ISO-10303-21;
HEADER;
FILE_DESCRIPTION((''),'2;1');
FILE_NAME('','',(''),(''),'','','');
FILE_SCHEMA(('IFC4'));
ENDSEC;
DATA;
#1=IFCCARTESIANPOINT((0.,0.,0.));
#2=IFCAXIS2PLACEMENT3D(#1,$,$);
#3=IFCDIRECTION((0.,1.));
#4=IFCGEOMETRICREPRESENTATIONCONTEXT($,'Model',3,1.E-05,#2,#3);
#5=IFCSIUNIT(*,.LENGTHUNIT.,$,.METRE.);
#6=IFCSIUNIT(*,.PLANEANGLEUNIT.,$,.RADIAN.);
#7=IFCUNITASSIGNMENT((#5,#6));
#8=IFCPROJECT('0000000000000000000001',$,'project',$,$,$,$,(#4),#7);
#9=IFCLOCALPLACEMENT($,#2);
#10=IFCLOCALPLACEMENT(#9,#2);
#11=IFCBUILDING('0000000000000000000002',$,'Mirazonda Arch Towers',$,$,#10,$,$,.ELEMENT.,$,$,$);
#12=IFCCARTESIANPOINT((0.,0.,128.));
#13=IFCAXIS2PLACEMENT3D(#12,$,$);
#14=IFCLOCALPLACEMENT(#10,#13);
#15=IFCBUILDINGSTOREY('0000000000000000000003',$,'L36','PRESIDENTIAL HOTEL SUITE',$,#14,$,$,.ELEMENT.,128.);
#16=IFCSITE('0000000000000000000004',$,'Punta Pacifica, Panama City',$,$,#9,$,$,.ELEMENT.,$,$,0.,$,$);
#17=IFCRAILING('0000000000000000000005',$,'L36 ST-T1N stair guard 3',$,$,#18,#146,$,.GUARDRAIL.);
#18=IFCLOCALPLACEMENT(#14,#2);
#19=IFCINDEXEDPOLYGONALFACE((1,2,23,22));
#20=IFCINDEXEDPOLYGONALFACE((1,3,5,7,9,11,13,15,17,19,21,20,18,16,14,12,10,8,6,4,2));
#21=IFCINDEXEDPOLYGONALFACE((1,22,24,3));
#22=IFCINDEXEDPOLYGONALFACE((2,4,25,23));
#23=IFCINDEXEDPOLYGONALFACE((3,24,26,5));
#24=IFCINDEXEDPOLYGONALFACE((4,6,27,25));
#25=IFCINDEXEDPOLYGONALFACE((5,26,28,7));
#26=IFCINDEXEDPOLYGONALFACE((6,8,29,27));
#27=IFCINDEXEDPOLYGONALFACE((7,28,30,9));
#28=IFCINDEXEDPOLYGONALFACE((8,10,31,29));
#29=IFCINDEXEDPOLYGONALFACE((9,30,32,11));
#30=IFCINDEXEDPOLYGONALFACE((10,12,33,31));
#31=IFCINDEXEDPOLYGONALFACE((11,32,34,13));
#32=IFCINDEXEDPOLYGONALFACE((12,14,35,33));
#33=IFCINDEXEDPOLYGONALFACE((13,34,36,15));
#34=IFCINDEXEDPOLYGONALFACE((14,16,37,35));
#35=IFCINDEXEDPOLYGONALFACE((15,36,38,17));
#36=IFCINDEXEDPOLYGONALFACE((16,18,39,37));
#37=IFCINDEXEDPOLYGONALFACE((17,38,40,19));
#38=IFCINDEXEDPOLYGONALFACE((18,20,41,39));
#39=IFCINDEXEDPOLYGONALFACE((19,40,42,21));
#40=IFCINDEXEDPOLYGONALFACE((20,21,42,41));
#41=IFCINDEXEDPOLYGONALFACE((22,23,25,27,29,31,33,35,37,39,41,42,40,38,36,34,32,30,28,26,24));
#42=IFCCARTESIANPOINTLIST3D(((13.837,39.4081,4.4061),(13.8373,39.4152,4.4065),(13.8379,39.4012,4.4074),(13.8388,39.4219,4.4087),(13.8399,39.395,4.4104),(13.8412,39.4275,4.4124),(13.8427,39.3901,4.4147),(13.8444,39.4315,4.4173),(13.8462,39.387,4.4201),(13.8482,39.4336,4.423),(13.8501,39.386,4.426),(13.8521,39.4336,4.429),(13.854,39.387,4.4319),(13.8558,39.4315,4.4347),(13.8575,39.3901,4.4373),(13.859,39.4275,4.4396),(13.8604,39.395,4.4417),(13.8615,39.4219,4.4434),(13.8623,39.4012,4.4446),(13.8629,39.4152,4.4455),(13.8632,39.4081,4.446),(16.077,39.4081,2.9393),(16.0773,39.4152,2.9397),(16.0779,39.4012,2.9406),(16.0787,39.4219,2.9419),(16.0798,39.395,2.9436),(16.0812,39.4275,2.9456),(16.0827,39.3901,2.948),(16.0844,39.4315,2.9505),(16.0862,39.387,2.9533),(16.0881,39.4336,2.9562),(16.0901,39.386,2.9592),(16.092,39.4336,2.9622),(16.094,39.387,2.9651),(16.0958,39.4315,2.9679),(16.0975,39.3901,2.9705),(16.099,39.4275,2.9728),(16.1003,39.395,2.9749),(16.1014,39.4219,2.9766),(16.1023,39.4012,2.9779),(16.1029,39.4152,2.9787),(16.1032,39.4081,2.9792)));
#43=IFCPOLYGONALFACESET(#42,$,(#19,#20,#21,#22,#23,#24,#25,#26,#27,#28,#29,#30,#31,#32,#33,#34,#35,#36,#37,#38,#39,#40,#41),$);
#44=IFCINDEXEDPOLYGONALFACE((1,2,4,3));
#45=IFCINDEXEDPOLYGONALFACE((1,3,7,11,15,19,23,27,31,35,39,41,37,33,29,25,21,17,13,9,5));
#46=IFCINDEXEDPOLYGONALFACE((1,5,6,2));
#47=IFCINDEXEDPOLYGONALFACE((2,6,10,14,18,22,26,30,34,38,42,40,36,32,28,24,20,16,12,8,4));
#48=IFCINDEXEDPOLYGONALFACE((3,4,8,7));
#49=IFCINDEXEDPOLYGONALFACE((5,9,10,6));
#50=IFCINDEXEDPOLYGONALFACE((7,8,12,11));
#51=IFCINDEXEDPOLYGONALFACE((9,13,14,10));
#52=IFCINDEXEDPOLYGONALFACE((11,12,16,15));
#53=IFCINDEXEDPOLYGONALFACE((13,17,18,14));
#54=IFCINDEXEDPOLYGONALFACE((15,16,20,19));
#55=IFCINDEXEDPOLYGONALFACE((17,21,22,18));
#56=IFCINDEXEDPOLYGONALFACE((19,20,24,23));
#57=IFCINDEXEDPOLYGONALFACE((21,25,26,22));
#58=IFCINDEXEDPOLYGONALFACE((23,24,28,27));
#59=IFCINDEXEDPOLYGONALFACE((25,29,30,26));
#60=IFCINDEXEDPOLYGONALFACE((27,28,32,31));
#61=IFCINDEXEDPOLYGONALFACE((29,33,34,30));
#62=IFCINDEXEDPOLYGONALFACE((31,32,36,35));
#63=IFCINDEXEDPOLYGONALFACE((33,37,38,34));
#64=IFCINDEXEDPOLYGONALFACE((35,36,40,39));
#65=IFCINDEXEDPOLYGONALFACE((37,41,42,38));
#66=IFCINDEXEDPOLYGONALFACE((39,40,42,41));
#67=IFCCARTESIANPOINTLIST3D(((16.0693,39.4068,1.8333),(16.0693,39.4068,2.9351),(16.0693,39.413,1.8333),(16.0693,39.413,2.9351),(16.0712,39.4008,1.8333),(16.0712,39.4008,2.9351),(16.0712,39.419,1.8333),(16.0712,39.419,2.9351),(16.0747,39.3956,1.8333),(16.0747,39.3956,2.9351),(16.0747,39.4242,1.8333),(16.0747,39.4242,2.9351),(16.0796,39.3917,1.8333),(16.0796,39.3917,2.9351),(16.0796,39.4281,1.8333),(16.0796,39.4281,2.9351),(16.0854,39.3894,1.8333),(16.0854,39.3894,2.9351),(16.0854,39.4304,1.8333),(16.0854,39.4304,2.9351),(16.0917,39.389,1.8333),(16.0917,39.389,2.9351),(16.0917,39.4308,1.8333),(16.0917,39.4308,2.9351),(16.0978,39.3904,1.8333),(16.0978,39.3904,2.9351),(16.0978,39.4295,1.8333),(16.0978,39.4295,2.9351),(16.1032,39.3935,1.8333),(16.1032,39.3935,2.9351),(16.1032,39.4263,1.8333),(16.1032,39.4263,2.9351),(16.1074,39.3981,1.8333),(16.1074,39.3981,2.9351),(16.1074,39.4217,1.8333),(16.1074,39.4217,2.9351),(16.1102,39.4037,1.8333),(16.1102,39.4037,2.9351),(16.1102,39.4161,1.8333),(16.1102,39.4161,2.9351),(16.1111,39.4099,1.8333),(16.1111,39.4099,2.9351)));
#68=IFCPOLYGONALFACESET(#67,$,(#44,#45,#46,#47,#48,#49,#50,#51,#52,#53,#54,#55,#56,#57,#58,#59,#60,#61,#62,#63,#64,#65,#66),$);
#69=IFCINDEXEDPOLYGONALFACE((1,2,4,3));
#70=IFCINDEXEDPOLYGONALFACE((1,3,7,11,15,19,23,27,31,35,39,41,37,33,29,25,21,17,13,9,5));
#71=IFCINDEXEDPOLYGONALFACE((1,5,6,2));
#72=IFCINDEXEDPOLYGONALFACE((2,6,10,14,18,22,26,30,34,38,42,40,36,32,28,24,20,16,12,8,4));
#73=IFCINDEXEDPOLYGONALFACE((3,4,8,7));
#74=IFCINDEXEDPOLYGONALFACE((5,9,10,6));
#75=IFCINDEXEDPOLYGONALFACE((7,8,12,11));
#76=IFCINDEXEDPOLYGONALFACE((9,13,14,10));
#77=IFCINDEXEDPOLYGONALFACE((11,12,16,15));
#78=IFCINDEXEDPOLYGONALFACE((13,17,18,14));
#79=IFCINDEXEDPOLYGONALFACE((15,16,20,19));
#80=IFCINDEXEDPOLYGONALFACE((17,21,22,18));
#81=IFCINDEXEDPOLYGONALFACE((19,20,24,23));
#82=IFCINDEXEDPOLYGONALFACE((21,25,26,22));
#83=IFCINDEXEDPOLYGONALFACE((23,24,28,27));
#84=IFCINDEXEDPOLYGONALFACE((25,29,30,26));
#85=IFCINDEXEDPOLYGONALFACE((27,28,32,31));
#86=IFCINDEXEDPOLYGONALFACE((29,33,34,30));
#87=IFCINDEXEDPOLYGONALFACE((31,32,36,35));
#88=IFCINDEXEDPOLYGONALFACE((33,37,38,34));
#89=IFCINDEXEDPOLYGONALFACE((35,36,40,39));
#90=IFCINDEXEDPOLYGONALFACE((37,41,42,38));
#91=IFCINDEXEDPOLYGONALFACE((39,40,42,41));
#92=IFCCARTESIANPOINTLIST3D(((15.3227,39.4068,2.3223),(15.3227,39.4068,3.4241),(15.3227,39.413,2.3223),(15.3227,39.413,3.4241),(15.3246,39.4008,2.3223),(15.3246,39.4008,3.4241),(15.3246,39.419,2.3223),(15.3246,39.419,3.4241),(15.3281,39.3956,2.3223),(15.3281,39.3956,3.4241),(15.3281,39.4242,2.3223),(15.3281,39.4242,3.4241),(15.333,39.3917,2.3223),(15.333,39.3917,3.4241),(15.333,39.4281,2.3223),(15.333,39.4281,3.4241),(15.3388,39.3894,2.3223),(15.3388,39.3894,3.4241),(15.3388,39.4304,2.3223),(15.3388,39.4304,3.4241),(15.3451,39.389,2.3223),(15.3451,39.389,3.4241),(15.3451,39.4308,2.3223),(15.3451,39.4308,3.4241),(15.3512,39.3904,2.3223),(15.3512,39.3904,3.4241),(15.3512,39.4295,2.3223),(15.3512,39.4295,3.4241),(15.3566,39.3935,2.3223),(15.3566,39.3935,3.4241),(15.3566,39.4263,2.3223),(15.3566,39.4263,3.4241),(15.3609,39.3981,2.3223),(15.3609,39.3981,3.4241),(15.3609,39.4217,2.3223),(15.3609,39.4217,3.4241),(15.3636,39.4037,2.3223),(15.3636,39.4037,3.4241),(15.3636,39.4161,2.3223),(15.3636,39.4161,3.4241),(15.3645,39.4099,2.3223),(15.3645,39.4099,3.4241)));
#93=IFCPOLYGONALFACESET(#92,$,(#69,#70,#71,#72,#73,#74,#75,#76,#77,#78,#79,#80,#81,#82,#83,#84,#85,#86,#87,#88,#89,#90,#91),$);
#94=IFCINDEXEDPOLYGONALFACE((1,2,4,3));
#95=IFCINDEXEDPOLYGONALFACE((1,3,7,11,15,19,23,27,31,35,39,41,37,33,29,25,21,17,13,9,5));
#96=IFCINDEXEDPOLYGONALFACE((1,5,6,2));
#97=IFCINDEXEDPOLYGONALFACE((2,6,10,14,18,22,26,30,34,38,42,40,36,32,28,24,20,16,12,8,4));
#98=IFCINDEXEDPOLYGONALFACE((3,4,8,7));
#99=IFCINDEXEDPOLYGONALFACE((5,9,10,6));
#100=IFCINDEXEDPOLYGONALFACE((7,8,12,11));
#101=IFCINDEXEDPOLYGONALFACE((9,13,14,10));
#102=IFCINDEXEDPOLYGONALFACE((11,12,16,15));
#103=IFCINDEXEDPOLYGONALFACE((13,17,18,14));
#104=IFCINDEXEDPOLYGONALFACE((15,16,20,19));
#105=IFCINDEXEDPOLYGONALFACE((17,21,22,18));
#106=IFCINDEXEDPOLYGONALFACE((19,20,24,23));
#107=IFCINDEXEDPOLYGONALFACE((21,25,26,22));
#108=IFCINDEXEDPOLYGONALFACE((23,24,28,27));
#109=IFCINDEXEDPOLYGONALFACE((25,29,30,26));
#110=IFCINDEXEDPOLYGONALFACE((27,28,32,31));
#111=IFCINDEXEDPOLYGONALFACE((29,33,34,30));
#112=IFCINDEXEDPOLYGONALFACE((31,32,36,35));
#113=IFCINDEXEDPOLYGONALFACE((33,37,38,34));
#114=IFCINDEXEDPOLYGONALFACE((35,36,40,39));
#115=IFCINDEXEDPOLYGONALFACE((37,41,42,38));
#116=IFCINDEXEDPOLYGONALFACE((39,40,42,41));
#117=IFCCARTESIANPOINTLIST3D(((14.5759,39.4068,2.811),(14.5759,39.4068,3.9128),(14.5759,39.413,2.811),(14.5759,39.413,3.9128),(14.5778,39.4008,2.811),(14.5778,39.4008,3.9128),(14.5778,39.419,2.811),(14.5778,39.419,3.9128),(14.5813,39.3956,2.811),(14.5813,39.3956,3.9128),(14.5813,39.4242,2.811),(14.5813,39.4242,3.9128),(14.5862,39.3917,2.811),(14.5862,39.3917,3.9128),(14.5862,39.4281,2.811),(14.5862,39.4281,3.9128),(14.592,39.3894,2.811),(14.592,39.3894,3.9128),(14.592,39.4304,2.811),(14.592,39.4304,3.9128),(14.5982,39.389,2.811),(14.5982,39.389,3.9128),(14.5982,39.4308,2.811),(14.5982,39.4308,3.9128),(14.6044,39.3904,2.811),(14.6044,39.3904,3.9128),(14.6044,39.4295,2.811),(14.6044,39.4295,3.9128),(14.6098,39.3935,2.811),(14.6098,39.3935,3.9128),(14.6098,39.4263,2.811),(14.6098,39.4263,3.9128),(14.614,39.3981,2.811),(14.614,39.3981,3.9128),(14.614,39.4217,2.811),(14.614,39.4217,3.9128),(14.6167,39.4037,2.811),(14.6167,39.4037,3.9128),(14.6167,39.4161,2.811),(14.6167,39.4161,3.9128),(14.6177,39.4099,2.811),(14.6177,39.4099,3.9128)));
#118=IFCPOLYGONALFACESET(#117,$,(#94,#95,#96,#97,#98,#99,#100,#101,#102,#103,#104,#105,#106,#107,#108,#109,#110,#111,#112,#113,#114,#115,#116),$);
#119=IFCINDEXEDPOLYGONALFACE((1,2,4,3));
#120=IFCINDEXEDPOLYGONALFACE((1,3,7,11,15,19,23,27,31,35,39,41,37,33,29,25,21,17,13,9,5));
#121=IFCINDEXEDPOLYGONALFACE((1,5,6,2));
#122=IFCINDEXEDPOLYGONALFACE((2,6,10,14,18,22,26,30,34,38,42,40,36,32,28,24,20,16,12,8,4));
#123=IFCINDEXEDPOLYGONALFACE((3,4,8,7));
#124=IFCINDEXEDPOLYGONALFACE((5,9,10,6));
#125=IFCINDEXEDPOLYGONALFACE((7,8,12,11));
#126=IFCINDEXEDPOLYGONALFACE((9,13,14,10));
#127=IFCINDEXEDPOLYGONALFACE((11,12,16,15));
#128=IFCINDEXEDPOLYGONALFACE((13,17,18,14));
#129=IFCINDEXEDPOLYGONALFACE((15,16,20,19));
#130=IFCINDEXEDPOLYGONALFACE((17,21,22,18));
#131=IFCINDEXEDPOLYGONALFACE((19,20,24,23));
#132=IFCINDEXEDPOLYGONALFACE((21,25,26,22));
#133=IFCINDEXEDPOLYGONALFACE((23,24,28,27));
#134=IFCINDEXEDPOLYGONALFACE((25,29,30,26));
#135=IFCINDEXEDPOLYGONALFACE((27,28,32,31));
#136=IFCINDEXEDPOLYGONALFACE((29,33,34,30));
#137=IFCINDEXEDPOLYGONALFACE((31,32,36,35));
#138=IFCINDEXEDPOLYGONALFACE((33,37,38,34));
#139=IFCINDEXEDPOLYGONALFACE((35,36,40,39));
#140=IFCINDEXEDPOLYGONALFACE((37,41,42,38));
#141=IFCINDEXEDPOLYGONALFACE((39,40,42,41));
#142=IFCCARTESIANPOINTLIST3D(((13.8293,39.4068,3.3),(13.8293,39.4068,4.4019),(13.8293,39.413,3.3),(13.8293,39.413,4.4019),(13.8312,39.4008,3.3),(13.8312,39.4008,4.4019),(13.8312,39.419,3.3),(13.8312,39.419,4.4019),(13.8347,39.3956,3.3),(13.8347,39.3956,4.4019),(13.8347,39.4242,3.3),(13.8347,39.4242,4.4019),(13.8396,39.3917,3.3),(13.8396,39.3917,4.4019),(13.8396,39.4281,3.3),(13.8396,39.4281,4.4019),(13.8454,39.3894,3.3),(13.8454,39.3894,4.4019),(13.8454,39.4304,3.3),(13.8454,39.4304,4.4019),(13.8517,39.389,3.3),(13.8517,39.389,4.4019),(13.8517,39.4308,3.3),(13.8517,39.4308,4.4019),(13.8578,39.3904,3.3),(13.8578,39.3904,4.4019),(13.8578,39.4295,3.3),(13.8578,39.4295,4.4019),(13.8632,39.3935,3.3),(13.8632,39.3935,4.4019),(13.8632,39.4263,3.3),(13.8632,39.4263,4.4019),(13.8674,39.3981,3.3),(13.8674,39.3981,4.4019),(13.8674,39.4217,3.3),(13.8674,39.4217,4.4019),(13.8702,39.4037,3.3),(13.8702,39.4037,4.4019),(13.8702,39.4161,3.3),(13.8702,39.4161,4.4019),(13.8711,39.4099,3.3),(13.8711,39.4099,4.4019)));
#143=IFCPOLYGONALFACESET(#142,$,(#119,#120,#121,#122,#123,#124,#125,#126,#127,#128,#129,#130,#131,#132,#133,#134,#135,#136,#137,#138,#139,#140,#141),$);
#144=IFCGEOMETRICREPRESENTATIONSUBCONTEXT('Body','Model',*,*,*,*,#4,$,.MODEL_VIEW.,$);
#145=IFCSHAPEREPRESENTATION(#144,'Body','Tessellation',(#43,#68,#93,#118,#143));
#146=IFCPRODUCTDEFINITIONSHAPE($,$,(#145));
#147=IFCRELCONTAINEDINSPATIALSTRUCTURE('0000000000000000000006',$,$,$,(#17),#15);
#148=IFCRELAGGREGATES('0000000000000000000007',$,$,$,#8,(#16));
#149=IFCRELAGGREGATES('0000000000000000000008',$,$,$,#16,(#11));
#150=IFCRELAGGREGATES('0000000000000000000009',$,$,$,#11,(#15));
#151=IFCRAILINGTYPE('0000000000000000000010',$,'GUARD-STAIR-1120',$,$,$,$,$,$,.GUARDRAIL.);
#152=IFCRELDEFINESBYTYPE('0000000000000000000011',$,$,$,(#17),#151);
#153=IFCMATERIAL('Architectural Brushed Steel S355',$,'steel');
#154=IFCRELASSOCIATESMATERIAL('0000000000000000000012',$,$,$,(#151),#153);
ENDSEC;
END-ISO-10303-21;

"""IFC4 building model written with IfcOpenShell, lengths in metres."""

from ifc_helpers import new_model, si_unit, direction, frame, origin, origin_2d, place, context, subcontext, project, spatial, circle, extrude, material, type_object, element, save


model = new_model("IFC4")

# Units and contexts
model_context = context("Model", 3, precision=1e-05, world=origin(), true_north=direction((0.0, 1.0)))
body_context = subcontext(model_context, "Body", "Model", "MODEL_VIEW")
ifc_project = project(units=[si_unit("LENGTHUNIT", "METRE"), si_unit("PLANEANGLEUNIT", "RADIAN")], contexts=[model_context])

# Site, building, storey
site_placement = place(None, origin())
site = spatial("IfcSite", under=ifc_project, at=site_placement, Name="Punta Pacifica, Panama City", CompositionType="ELEMENT", RefElevation=0.0)
building_placement = place(site_placement, origin())
building = spatial("IfcBuilding", under=site, at=building_placement, Name="Mirazonda Arch Towers", CompositionType="ELEMENT")
storey_placement = place(building_placement, frame((0.0, 0.0, 128.0)))
storey = spatial("IfcBuildingStorey", under=building, at=storey_placement, Name="L36", Description="PRESIDENTIAL HOTEL SUITE", CompositionType="ELEMENT", Elevation=128.0)

# Shared definitions
ifc_material_1 = material(Name="Architectural Brushed Steel S355", Category="steel")

# Railing
railing_type_1 = type_object("IfcRailingType", Name="GUARD-STAIR-1120", PredefinedType="GUARDRAIL", material=ifc_material_1)
railing_1_placement = place(storey_placement, frame((16.0901, 39.4099, 1.8333)))
element("IfcRailing", 1, at=railing_1_placement, inside=storey, type_object=railing_type_1, Name="L36 ST-T1N stair guard 3", PredefinedType="GUARDRAIL", context=body_context, shape_type="SweptSolid", body=[
    extrude(circle(Radius=0.0239, at=origin_2d()), frame((0.0, 0.0, 1.126), z_axis=(-0.836595, 0.0, 0.547822), x_axis=(0.0, -1.0, 0.0)), (0.0, 0.0, 1.0), 2.6775),
    extrude(circle(Radius=0.021, at=origin_2d()), origin(), (0.0, 0.0, 1.0), 1.1018),
    extrude(circle(Radius=0.021, at=origin_2d()), frame((-0.7466, 0.0, 0.489)), (0.0, 0.0, 1.0), 1.1018),
    extrude(circle(Radius=0.021, at=origin_2d()), frame((-1.4934, 0.0, 0.9778)), (0.0, 0.0, 1.0), 1.1018),
    extrude(circle(Radius=0.021, at=origin_2d()), frame((-2.24, 0.0, 1.4668)), (0.0, 0.0, 1.0), 1.1018),
])

save(model, "model.ifc")
